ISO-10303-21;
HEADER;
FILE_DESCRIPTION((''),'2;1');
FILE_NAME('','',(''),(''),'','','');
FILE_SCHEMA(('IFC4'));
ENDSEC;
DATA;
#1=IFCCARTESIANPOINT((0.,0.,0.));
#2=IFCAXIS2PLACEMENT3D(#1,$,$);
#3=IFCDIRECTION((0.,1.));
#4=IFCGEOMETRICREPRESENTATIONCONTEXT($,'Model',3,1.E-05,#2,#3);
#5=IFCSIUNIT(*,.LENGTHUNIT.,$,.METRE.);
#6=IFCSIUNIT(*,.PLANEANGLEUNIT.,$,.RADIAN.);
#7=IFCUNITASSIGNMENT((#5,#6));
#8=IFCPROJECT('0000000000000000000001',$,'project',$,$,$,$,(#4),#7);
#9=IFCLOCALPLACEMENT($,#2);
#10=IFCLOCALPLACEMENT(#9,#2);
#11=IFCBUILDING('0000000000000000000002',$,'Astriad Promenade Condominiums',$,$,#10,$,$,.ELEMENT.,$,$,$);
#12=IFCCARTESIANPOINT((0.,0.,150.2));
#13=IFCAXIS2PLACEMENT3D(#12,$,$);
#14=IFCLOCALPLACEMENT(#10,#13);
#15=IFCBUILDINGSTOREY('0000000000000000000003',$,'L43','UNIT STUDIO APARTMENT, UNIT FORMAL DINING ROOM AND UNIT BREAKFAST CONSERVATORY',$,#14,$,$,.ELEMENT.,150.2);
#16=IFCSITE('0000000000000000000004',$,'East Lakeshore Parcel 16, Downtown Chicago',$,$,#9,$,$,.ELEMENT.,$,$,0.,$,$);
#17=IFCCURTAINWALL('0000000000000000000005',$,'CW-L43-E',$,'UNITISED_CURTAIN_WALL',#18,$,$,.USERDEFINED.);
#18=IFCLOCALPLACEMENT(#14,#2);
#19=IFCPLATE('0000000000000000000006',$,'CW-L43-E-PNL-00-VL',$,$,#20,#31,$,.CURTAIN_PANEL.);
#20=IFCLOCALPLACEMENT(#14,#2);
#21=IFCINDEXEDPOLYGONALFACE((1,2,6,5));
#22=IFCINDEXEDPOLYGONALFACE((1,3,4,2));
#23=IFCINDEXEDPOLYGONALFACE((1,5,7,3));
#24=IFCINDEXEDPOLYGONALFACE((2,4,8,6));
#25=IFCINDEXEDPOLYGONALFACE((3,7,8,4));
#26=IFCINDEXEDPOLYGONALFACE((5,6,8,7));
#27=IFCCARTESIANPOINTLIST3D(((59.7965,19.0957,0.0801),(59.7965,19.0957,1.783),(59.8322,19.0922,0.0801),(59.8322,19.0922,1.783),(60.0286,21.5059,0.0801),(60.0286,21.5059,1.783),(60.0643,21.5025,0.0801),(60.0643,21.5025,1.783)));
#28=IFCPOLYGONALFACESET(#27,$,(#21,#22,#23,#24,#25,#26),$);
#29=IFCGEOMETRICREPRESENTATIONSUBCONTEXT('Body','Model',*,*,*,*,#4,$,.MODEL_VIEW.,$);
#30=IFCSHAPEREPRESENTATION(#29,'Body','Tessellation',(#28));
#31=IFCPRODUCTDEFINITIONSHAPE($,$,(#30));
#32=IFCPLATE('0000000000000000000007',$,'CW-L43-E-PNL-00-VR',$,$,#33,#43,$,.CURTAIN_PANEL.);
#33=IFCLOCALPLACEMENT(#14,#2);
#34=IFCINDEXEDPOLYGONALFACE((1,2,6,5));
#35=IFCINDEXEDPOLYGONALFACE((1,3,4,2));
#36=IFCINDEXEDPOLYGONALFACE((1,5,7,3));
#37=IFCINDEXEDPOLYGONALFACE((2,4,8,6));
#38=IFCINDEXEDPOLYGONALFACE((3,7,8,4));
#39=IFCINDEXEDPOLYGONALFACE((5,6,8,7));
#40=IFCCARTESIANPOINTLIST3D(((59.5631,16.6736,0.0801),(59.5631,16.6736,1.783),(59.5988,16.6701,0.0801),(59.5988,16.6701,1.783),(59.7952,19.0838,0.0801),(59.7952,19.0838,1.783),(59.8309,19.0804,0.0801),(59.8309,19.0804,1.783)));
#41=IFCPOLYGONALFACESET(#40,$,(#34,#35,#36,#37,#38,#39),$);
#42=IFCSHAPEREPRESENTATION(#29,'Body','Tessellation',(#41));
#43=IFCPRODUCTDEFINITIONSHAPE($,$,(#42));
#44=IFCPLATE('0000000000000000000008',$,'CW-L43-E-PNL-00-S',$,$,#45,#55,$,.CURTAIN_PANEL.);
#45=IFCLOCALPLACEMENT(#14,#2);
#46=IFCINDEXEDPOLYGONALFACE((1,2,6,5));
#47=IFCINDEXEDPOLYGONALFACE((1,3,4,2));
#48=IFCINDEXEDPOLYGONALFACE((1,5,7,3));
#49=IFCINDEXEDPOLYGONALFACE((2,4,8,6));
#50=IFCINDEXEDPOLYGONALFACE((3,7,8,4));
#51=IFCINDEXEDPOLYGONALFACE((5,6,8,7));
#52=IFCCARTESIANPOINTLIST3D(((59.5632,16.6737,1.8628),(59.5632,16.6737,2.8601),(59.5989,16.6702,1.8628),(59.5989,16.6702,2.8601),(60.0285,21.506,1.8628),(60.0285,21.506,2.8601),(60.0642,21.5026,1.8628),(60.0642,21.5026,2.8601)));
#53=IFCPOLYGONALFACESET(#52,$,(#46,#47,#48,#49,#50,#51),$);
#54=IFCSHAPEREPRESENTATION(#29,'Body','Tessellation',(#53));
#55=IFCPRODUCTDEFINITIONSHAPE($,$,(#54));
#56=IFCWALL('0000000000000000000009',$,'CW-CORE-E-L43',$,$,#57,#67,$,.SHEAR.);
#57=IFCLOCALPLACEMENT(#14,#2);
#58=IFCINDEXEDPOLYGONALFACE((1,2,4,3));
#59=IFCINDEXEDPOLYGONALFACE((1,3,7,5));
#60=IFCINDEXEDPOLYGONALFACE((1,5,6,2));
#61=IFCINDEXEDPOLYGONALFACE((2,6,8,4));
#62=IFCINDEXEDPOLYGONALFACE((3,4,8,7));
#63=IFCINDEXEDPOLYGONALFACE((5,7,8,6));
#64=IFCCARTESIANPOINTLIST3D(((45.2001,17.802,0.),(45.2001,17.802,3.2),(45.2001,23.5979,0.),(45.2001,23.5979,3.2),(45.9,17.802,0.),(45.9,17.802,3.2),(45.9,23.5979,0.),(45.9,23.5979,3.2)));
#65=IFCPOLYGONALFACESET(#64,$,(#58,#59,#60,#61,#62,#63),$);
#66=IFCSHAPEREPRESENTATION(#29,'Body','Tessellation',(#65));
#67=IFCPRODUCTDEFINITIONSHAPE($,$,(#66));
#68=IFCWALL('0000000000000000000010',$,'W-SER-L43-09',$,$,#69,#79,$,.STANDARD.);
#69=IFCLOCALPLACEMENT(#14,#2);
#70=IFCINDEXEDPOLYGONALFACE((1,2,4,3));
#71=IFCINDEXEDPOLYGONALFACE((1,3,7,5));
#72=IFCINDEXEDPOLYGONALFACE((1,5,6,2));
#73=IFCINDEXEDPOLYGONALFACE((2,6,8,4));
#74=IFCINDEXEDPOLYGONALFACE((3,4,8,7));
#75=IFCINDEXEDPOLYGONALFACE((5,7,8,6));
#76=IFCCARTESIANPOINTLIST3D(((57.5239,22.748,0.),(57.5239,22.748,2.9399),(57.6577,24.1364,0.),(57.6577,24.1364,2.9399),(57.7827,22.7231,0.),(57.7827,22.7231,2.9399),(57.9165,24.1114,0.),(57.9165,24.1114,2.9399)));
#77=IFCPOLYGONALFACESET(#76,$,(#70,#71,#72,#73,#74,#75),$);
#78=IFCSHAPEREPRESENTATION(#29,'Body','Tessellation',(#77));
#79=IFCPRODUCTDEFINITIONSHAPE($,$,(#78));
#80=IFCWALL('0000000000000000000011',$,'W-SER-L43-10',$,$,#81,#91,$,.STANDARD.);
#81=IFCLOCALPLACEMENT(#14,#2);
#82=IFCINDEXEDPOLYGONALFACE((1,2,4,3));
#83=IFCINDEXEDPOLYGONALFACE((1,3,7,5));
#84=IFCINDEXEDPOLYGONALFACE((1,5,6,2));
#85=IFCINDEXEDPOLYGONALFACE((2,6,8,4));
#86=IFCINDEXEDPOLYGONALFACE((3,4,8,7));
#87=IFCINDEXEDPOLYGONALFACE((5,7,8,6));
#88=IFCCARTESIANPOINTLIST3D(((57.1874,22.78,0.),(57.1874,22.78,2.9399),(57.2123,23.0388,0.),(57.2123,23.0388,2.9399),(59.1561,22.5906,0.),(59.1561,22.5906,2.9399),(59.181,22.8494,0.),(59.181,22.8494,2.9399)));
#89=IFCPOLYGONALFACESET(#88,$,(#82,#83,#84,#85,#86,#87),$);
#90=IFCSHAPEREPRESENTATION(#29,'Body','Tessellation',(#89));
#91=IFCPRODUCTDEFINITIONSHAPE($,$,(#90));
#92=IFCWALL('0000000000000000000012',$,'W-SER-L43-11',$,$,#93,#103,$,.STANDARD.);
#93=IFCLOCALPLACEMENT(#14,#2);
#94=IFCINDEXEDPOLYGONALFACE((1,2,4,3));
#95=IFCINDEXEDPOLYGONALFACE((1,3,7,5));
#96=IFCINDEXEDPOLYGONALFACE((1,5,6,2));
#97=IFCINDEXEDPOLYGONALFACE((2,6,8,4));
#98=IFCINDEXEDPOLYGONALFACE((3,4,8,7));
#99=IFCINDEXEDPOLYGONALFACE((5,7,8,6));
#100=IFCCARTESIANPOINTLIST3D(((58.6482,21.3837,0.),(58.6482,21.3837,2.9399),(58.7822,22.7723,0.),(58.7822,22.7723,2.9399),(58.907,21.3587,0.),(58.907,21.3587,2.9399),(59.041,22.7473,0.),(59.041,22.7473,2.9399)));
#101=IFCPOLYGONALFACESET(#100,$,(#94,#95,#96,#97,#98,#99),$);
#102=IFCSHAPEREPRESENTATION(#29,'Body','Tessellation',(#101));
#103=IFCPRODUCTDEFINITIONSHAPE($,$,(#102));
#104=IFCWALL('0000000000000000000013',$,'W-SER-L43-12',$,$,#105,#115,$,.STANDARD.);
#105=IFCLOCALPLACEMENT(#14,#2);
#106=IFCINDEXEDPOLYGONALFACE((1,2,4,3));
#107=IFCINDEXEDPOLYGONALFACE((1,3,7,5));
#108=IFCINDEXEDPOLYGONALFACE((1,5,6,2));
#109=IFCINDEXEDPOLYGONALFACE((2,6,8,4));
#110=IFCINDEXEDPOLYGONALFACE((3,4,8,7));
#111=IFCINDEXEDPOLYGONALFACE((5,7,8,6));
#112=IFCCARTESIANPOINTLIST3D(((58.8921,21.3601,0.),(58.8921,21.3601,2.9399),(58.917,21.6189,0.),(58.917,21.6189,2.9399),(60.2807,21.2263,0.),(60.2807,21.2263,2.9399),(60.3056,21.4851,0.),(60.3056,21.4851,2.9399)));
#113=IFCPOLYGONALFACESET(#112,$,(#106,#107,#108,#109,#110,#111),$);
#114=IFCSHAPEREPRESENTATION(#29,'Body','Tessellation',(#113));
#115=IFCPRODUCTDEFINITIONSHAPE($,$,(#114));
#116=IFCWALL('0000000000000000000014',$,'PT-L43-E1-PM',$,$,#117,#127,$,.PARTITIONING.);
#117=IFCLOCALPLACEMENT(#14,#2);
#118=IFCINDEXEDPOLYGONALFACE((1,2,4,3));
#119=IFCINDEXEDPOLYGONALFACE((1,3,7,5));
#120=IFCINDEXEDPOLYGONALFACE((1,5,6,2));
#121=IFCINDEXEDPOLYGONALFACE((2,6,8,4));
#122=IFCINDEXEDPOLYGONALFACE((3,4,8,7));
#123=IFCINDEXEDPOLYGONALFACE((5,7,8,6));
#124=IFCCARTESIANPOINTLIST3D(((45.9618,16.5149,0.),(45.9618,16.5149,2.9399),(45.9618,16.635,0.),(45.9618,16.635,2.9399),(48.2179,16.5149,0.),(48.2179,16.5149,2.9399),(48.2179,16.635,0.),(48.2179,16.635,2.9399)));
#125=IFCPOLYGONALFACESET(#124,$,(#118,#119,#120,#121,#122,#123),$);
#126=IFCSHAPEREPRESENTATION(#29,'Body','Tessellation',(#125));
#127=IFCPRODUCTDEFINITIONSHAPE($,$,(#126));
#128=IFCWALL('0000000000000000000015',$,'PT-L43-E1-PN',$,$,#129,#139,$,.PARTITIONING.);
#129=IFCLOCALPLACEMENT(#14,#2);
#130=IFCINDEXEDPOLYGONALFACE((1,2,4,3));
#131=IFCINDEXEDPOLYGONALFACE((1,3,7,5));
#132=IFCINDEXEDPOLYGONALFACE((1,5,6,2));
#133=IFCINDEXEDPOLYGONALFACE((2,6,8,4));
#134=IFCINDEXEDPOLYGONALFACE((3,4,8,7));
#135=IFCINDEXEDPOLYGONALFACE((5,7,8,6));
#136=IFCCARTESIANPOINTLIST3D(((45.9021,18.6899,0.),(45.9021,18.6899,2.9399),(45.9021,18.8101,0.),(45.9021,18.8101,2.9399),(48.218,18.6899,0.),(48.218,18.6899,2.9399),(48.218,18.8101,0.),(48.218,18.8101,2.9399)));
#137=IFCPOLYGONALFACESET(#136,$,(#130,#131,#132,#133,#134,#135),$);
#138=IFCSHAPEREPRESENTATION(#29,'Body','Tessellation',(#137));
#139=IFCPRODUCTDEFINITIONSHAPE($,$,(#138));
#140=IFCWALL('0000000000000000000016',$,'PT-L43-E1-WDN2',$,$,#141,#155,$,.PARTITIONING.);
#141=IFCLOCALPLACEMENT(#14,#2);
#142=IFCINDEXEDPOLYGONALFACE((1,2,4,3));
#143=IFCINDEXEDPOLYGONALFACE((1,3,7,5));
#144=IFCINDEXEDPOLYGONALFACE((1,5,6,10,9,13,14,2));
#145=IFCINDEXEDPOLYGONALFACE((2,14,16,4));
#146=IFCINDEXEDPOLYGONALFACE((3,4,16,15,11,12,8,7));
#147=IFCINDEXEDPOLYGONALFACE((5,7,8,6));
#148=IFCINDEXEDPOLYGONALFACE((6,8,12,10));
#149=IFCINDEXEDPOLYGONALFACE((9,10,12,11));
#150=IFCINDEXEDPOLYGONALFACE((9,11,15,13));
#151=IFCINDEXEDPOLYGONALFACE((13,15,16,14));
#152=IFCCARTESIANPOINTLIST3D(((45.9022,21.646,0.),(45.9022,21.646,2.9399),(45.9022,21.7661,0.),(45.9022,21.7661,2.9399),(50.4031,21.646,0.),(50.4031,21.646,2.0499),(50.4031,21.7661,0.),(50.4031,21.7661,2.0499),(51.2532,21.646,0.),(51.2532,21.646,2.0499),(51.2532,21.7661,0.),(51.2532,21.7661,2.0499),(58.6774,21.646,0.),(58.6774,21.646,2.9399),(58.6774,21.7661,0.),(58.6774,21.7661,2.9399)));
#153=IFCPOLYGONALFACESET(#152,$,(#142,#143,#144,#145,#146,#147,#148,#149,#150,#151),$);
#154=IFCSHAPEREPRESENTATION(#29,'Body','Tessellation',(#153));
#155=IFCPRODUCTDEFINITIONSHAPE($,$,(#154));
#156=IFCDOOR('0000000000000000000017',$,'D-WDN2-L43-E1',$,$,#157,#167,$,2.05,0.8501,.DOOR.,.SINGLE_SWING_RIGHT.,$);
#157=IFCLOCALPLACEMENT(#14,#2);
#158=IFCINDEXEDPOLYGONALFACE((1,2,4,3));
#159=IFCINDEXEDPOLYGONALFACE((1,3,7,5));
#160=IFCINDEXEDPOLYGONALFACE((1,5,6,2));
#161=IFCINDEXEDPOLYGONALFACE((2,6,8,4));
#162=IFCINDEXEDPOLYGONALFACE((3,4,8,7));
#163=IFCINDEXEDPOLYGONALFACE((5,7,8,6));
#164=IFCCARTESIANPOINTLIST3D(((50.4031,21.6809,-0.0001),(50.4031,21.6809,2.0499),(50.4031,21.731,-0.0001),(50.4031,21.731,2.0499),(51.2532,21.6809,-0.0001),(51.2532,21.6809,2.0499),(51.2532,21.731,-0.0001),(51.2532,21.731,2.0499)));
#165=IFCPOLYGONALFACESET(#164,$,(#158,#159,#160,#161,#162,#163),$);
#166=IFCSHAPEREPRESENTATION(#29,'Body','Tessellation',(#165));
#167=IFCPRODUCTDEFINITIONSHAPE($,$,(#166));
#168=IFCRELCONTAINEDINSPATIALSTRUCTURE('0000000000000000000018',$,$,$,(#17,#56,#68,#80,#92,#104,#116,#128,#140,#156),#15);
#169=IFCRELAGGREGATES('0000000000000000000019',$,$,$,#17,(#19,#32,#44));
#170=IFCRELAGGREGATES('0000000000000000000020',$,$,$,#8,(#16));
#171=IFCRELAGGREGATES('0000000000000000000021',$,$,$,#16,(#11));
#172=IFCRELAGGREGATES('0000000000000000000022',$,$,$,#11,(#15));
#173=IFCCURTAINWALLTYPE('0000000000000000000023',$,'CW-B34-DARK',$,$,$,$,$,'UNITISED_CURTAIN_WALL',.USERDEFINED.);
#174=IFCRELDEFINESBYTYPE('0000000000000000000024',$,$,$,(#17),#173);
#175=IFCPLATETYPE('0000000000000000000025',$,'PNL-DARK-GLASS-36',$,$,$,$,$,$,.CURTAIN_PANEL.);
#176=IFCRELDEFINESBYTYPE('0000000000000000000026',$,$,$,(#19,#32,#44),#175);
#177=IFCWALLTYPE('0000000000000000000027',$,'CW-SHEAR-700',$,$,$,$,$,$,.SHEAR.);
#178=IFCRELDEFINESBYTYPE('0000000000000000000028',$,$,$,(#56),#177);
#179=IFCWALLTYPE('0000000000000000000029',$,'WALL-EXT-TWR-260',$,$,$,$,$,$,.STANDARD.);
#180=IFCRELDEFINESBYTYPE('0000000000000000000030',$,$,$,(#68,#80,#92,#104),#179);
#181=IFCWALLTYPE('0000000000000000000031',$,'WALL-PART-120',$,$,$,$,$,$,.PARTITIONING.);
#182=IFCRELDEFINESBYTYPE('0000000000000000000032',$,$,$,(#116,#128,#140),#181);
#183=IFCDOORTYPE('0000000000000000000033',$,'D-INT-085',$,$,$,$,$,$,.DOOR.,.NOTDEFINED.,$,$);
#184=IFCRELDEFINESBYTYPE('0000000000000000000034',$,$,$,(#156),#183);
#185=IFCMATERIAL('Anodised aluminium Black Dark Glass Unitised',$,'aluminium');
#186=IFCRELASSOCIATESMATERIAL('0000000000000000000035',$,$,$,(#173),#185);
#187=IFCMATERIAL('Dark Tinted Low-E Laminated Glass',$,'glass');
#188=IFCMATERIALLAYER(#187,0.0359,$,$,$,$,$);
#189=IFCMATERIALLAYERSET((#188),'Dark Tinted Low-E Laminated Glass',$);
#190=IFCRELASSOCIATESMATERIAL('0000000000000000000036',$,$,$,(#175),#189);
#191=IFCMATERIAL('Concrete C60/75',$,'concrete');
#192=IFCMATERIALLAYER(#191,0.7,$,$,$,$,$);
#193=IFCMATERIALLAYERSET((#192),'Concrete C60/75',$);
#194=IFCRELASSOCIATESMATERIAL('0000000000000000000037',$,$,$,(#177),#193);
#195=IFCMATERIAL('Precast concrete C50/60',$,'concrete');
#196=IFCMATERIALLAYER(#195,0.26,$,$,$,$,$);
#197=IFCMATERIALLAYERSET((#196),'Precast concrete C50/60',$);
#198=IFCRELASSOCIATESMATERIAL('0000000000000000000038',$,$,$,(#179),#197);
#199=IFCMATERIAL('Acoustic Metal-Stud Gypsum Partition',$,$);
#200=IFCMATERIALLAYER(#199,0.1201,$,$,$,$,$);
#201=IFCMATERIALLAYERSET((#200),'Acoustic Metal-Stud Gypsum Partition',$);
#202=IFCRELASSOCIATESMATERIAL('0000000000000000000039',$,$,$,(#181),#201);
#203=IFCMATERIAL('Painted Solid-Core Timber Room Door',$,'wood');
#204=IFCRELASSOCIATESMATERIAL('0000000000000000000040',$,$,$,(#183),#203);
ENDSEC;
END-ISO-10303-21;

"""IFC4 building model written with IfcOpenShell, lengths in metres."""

from ifc_helpers import new_model, si_unit, direction, frame, frame_2d, origin, origin_2d, place, context, subcontext, project, spatial, rectangle, extrude, source, transform, mapped, material, layer, layer_set, type_object, type_shapes, element, fill, aggregate, save


model = new_model("IFC4")

# Units and contexts
model_context = context("Model", 3, precision=1e-05, world=origin(), true_north=direction((0.0, 1.0)))
body_context = subcontext(model_context, "Body", "Model", "MODEL_VIEW")
ifc_project = project(units=[si_unit("LENGTHUNIT", "METRE"), si_unit("PLANEANGLEUNIT", "RADIAN")], contexts=[model_context])

# Site, building, storey
site_placement = place(None, origin())
site = spatial("IfcSite", under=ifc_project, at=site_placement, Name="East Lakeshore Parcel 16, Downtown Chicago", CompositionType="ELEMENT", RefElevation=0.0)
building_placement = place(site_placement, origin())
building = spatial("IfcBuilding", under=site, at=building_placement, Name="Astriad Promenade Condominiums", CompositionType="ELEMENT")
storey_placement = place(building_placement, frame((0.0, 0.0, 150.2)))
storey = spatial("IfcBuildingStorey", under=building, at=storey_placement, Name="L43", Description="UNIT STUDIO APARTMENT, UNIT FORMAL DINING ROOM AND UNIT BREAKFAST CONSERVATORY", CompositionType="ELEMENT", Elevation=150.2)

# Shared definitions
ifc_material_1 = material(Name="Concrete C60/75", Category="concrete")

# Curtain wall, plates
ifc_material_2 = material(Name="Anodised aluminium Black Dark Glass Unitised", Category="aluminium")
curtain_wall_type = type_object("IfcCurtainWallType", Name="CW-B34-DARK", ElementType="UNITISED_CURTAIN_WALL", PredefinedType="USERDEFINED", material=ifc_material_2)
curtain_wall_placement = place(storey_placement, origin())
curtain_wall = element("IfcCurtainWall", 1, at=curtain_wall_placement, inside=storey, type_object=curtain_wall_type, Name="CW-L43-E", ObjectType="UNITISED_CURTAIN_WALL", PredefinedType="USERDEFINED")
ifc_material_3 = material(Name="Dark Tinted Low-E Laminated Glass", Category="glass")
ifc_layer_1 = layer(ifc_material_3, 0.0359)
ifc_layer_set_1 = layer_set([ifc_layer_1], Name="Dark Tinted Low-E Laminated Glass")
plate_type = type_object("IfcPlateType", Name="PNL-DARK-GLASS-36", PredefinedType="CURTAIN_PANEL", material=ifc_layer_set_1)
shared_shape_1 = source(origin(), body_context, "Body", "SweptSolid", [
    extrude(rectangle(XDim=2.4214, YDim=0.0359, at=origin_2d()), origin(), (0.0, 0.0, 1.0), 1.7029),
])
plate_1_placement = place(storey_placement, frame((59.9304, 20.2991, 0.0801), z_axis=(0.0, 0.0, 1.0), x_axis=(-0.095846, -0.995396, 0.0)))
plate_1 = element("IfcPlate", 2, at=plate_1_placement, type_object=plate_type, Name="CW-L43-E-PNL-00-VL", PredefinedType="CURTAIN_PANEL", context=body_context, shape_type="MappedRepresentation", body=[
    mapped(shared_shape_1, transform((0.0, 0.0, 0.0), scale=1.0)),
])
plate_2_placement = place(storey_placement, frame((59.697, 17.877, 0.0801), z_axis=(0.0, 0.0, 1.0), x_axis=(-0.095846, -0.995396, 0.0)))
plate_2 = element("IfcPlate", 3, at=plate_2_placement, type_object=plate_type, Name="CW-L43-E-PNL-00-VR", PredefinedType="CURTAIN_PANEL", context=body_context, shape_type="MappedRepresentation", body=[
    mapped(shared_shape_1, transform((0.0, 0.0, 0.0), scale=1.0)),
])
shared_shape_2 = source(origin(), body_context, "Body", "SweptSolid", [
    extrude(rectangle(XDim=4.8547, YDim=0.0359, at=origin_2d()), origin(), (0.0, 0.0, 1.0), 0.9973),
])
type_shapes(plate_type, [shared_shape_1, shared_shape_2])
plate_3_placement = place(storey_placement, frame((59.8137, 19.0881, 1.8628), z_axis=(0.0, 0.0, 1.0), x_axis=(-0.095846, -0.995396, 0.0)))
plate_3 = element("IfcPlate", 4, at=plate_3_placement, type_object=plate_type, Name="CW-L43-E-PNL-00-S", PredefinedType="CURTAIN_PANEL", context=body_context, shape_type="MappedRepresentation", body=[
    mapped(shared_shape_2, transform((0.0, 0.0, 0.0), scale=1.0)),
])
aggregate(curtain_wall, [plate_1, plate_2, plate_3])

# Walls
ifc_layer_2 = layer(ifc_material_1, 0.7)
ifc_layer_set_2 = layer_set([ifc_layer_2], Name="Concrete C60/75")
wall_type_1 = type_object("IfcWallType", Name="CW-SHEAR-700", PredefinedType="SHEAR", material=ifc_layer_set_2)
wall_1_placement = place(storey_placement, frame((45.55, 17.802, 0.0), z_axis=(0.0, 0.0, 1.0), x_axis=(0.0, 1.0, 0.0)))
element("IfcWall", 5, at=wall_1_placement, inside=storey, type_object=wall_type_1, Name="CW-CORE-E-L43", PredefinedType="SHEAR", context=body_context, shape_type="SweptSolid", body=[
    extrude(rectangle(XDim=5.7959, YDim=0.7, at=frame_2d((2.8979, 0.0))), origin(), (0.0, 0.0, 1.0), 3.2),
])
ifc_material_4 = material(Name="Precast concrete C50/60", Category="concrete")
ifc_layer_3 = layer(ifc_material_4, 0.26)
ifc_layer_set_3 = layer_set([ifc_layer_3], Name="Precast concrete C50/60")
wall_type_2 = type_object("IfcWallType", Name="WALL-EXT-TWR-260", PredefinedType="STANDARD", material=ifc_layer_set_3)
wall_2_placement = place(storey_placement, frame((57.7871, 24.1238, 0.0), z_axis=(0.0, 0.0, 1.0), x_axis=(-0.095916, -0.995389, 0.0)))
element("IfcWall", 6, at=wall_2_placement, inside=storey, type_object=wall_type_2, Name="W-SER-L43-09", PredefinedType="STANDARD", context=body_context, shape_type="SweptSolid", body=[
    extrude(rectangle(XDim=1.3948, YDim=0.26, at=frame_2d((0.6973, 0.0))), origin(), (0.0, 0.0, 1.0), 2.9399),
])
wall_3_placement = place(storey_placement, frame((57.2, 22.9094, 0.0), z_axis=(0.0, 0.0, 1.0), x_axis=(0.995402, -0.095788, 0.0)))
element("IfcWall", 7, at=wall_3_placement, inside=storey, type_object=wall_type_2, Name="W-SER-L43-10", PredefinedType="STANDARD", context=body_context, shape_type="SweptSolid", body=[
    extrude(rectangle(XDim=1.9778, YDim=0.26, at=frame_2d((0.9888, 0.0))), origin(), (0.0, 0.0, 1.0), 2.9399),
])
for number, where, z_axis, x_axis, name in (
    (8, (58.9116, 22.7598, 0.0), (0.0, 0.0, 1.0), (-0.096073, -0.995374, 0.0), "W-SER-L43-11"),
    (9, (58.9045, 21.4895, 0.0), (0.0, 0.0, 1.0), (0.995391, -0.095899, 0.0), "W-SER-L43-12"),
):
    element("IfcWall", number, at=place(storey_placement, frame(where, z_axis=z_axis, x_axis=x_axis)), inside=storey, type_object=wall_type_2, Name=name, PredefinedType="STANDARD", context=body_context, shape_type="SweptSolid", body=[
        extrude(rectangle(XDim=1.395, YDim=0.26, at=frame_2d((0.6975, 0.0))), origin(), (0.0, 0.0, 1.0), 2.9399),
    ])
ifc_material_5 = material(Name="Acoustic Metal-Stud Gypsum Partition")
ifc_layer_4 = layer(ifc_material_5, 0.1201)
ifc_layer_set_4 = layer_set([ifc_layer_4], Name="Acoustic Metal-Stud Gypsum Partition")
wall_type_3 = type_object("IfcWallType", Name="WALL-PART-120", PredefinedType="PARTITIONING", material=ifc_layer_set_4)
wall_4_placement = place(storey_placement, frame((45.9619, 16.575, 0.0), z_axis=(0.0, 0.0, 1.0), x_axis=(1.0, 0.0, 0.0)))
element("IfcWall", 10, at=wall_4_placement, inside=storey, type_object=wall_type_3, Name="PT-L43-E1-PM", PredefinedType="PARTITIONING", context=body_context, shape_type="SweptSolid", body=[
    extrude(rectangle(XDim=2.2561, YDim=0.1201, at=frame_2d((1.1279, 0.0))), origin(), (0.0, 0.0, 1.0), 2.9399),
])
wall_5_placement = place(storey_placement, frame((45.9021, 18.75, 0.0), z_axis=(0.0, 0.0, 1.0), x_axis=(1.0, 0.0, 0.0)))
element("IfcWall", 11, at=wall_5_placement, inside=storey, type_object=wall_type_3, Name="PT-L43-E1-PN", PredefinedType="PARTITIONING", context=body_context, shape_type="SweptSolid", body=[
    extrude(rectangle(XDim=2.3159, YDim=0.1201, at=frame_2d((1.158, 0.0))), origin(), (0.0, 0.0, 1.0), 2.9399),
])

# Wall, opening, door
wall_6_placement = place(storey_placement, frame((45.9021, 21.7061, 0.0), z_axis=(0.0, 0.0, 1.0), x_axis=(1.0, 0.0, 0.0)))
wall_6 = element("IfcWall", 12, at=wall_6_placement, inside=storey, type_object=wall_type_3, Name="PT-L43-E1-WDN2", PredefinedType="PARTITIONING", context=body_context, shape_type="SweptSolid", body=[
    extrude(rectangle(XDim=12.7751, YDim=0.1201, at=frame_2d((6.3877, 0.0))), origin(), (0.0, 0.0, 1.0), 2.9399),
])
opening_1_placement = place(wall_6_placement, frame((4.501, 0.0, 0.0)))
opening_1 = element("IfcOpeningElement", 13, at=opening_1_placement, cuts=wall_6, PredefinedType="OPENING", context=body_context, shape_type="SweptSolid", body=[
    extrude(rectangle(XDim=0.8501, YDim=2.05, at=frame_2d((0.425, 1.0249))), frame((0.0, 0.0701, 0.0), z_axis=(0.0, -1.0, 0.0), x_axis=(1.0, 0.0, 0.0)), (0.0, 0.0, 1.0), 0.1401),
])
ifc_material_6 = material(Name="Painted Solid-Core Timber Room Door", Category="wood")
door_type = type_object("IfcDoorType", Name="D-INT-085", OperationType="NOTDEFINED", PredefinedType="DOOR", material=ifc_material_6)
shared_shape_3 = source(origin(), body_context, "Body", "SweptSolid", [
    extrude(rectangle(XDim=0.8501, YDim=2.05, at=frame_2d((0.425, 1.0249))), frame((0.0, 0.0249, 0.0), z_axis=(0.0, -1.0, 0.0), x_axis=(1.0, 0.0, 0.0)), (0.0, 0.0, 1.0), 0.05),
])
type_shapes(door_type, [shared_shape_3])
door_1_placement = place(opening_1_placement, origin())
door_1 = element("IfcDoor", 14, at=door_1_placement, inside=storey, type_object=door_type, Name="D-WDN2-L43-E1", OperationType="SINGLE_SWING_RIGHT", OverallHeight=2.05, OverallWidth=0.8501, PredefinedType="DOOR", context=body_context, shape_type="MappedRepresentation", body=[
    mapped(shared_shape_3, transform((0.0, 0.0, 0.0), scale=1.0)),
])
fill(opening_1, door_1)

save(model, "model.ifc")
